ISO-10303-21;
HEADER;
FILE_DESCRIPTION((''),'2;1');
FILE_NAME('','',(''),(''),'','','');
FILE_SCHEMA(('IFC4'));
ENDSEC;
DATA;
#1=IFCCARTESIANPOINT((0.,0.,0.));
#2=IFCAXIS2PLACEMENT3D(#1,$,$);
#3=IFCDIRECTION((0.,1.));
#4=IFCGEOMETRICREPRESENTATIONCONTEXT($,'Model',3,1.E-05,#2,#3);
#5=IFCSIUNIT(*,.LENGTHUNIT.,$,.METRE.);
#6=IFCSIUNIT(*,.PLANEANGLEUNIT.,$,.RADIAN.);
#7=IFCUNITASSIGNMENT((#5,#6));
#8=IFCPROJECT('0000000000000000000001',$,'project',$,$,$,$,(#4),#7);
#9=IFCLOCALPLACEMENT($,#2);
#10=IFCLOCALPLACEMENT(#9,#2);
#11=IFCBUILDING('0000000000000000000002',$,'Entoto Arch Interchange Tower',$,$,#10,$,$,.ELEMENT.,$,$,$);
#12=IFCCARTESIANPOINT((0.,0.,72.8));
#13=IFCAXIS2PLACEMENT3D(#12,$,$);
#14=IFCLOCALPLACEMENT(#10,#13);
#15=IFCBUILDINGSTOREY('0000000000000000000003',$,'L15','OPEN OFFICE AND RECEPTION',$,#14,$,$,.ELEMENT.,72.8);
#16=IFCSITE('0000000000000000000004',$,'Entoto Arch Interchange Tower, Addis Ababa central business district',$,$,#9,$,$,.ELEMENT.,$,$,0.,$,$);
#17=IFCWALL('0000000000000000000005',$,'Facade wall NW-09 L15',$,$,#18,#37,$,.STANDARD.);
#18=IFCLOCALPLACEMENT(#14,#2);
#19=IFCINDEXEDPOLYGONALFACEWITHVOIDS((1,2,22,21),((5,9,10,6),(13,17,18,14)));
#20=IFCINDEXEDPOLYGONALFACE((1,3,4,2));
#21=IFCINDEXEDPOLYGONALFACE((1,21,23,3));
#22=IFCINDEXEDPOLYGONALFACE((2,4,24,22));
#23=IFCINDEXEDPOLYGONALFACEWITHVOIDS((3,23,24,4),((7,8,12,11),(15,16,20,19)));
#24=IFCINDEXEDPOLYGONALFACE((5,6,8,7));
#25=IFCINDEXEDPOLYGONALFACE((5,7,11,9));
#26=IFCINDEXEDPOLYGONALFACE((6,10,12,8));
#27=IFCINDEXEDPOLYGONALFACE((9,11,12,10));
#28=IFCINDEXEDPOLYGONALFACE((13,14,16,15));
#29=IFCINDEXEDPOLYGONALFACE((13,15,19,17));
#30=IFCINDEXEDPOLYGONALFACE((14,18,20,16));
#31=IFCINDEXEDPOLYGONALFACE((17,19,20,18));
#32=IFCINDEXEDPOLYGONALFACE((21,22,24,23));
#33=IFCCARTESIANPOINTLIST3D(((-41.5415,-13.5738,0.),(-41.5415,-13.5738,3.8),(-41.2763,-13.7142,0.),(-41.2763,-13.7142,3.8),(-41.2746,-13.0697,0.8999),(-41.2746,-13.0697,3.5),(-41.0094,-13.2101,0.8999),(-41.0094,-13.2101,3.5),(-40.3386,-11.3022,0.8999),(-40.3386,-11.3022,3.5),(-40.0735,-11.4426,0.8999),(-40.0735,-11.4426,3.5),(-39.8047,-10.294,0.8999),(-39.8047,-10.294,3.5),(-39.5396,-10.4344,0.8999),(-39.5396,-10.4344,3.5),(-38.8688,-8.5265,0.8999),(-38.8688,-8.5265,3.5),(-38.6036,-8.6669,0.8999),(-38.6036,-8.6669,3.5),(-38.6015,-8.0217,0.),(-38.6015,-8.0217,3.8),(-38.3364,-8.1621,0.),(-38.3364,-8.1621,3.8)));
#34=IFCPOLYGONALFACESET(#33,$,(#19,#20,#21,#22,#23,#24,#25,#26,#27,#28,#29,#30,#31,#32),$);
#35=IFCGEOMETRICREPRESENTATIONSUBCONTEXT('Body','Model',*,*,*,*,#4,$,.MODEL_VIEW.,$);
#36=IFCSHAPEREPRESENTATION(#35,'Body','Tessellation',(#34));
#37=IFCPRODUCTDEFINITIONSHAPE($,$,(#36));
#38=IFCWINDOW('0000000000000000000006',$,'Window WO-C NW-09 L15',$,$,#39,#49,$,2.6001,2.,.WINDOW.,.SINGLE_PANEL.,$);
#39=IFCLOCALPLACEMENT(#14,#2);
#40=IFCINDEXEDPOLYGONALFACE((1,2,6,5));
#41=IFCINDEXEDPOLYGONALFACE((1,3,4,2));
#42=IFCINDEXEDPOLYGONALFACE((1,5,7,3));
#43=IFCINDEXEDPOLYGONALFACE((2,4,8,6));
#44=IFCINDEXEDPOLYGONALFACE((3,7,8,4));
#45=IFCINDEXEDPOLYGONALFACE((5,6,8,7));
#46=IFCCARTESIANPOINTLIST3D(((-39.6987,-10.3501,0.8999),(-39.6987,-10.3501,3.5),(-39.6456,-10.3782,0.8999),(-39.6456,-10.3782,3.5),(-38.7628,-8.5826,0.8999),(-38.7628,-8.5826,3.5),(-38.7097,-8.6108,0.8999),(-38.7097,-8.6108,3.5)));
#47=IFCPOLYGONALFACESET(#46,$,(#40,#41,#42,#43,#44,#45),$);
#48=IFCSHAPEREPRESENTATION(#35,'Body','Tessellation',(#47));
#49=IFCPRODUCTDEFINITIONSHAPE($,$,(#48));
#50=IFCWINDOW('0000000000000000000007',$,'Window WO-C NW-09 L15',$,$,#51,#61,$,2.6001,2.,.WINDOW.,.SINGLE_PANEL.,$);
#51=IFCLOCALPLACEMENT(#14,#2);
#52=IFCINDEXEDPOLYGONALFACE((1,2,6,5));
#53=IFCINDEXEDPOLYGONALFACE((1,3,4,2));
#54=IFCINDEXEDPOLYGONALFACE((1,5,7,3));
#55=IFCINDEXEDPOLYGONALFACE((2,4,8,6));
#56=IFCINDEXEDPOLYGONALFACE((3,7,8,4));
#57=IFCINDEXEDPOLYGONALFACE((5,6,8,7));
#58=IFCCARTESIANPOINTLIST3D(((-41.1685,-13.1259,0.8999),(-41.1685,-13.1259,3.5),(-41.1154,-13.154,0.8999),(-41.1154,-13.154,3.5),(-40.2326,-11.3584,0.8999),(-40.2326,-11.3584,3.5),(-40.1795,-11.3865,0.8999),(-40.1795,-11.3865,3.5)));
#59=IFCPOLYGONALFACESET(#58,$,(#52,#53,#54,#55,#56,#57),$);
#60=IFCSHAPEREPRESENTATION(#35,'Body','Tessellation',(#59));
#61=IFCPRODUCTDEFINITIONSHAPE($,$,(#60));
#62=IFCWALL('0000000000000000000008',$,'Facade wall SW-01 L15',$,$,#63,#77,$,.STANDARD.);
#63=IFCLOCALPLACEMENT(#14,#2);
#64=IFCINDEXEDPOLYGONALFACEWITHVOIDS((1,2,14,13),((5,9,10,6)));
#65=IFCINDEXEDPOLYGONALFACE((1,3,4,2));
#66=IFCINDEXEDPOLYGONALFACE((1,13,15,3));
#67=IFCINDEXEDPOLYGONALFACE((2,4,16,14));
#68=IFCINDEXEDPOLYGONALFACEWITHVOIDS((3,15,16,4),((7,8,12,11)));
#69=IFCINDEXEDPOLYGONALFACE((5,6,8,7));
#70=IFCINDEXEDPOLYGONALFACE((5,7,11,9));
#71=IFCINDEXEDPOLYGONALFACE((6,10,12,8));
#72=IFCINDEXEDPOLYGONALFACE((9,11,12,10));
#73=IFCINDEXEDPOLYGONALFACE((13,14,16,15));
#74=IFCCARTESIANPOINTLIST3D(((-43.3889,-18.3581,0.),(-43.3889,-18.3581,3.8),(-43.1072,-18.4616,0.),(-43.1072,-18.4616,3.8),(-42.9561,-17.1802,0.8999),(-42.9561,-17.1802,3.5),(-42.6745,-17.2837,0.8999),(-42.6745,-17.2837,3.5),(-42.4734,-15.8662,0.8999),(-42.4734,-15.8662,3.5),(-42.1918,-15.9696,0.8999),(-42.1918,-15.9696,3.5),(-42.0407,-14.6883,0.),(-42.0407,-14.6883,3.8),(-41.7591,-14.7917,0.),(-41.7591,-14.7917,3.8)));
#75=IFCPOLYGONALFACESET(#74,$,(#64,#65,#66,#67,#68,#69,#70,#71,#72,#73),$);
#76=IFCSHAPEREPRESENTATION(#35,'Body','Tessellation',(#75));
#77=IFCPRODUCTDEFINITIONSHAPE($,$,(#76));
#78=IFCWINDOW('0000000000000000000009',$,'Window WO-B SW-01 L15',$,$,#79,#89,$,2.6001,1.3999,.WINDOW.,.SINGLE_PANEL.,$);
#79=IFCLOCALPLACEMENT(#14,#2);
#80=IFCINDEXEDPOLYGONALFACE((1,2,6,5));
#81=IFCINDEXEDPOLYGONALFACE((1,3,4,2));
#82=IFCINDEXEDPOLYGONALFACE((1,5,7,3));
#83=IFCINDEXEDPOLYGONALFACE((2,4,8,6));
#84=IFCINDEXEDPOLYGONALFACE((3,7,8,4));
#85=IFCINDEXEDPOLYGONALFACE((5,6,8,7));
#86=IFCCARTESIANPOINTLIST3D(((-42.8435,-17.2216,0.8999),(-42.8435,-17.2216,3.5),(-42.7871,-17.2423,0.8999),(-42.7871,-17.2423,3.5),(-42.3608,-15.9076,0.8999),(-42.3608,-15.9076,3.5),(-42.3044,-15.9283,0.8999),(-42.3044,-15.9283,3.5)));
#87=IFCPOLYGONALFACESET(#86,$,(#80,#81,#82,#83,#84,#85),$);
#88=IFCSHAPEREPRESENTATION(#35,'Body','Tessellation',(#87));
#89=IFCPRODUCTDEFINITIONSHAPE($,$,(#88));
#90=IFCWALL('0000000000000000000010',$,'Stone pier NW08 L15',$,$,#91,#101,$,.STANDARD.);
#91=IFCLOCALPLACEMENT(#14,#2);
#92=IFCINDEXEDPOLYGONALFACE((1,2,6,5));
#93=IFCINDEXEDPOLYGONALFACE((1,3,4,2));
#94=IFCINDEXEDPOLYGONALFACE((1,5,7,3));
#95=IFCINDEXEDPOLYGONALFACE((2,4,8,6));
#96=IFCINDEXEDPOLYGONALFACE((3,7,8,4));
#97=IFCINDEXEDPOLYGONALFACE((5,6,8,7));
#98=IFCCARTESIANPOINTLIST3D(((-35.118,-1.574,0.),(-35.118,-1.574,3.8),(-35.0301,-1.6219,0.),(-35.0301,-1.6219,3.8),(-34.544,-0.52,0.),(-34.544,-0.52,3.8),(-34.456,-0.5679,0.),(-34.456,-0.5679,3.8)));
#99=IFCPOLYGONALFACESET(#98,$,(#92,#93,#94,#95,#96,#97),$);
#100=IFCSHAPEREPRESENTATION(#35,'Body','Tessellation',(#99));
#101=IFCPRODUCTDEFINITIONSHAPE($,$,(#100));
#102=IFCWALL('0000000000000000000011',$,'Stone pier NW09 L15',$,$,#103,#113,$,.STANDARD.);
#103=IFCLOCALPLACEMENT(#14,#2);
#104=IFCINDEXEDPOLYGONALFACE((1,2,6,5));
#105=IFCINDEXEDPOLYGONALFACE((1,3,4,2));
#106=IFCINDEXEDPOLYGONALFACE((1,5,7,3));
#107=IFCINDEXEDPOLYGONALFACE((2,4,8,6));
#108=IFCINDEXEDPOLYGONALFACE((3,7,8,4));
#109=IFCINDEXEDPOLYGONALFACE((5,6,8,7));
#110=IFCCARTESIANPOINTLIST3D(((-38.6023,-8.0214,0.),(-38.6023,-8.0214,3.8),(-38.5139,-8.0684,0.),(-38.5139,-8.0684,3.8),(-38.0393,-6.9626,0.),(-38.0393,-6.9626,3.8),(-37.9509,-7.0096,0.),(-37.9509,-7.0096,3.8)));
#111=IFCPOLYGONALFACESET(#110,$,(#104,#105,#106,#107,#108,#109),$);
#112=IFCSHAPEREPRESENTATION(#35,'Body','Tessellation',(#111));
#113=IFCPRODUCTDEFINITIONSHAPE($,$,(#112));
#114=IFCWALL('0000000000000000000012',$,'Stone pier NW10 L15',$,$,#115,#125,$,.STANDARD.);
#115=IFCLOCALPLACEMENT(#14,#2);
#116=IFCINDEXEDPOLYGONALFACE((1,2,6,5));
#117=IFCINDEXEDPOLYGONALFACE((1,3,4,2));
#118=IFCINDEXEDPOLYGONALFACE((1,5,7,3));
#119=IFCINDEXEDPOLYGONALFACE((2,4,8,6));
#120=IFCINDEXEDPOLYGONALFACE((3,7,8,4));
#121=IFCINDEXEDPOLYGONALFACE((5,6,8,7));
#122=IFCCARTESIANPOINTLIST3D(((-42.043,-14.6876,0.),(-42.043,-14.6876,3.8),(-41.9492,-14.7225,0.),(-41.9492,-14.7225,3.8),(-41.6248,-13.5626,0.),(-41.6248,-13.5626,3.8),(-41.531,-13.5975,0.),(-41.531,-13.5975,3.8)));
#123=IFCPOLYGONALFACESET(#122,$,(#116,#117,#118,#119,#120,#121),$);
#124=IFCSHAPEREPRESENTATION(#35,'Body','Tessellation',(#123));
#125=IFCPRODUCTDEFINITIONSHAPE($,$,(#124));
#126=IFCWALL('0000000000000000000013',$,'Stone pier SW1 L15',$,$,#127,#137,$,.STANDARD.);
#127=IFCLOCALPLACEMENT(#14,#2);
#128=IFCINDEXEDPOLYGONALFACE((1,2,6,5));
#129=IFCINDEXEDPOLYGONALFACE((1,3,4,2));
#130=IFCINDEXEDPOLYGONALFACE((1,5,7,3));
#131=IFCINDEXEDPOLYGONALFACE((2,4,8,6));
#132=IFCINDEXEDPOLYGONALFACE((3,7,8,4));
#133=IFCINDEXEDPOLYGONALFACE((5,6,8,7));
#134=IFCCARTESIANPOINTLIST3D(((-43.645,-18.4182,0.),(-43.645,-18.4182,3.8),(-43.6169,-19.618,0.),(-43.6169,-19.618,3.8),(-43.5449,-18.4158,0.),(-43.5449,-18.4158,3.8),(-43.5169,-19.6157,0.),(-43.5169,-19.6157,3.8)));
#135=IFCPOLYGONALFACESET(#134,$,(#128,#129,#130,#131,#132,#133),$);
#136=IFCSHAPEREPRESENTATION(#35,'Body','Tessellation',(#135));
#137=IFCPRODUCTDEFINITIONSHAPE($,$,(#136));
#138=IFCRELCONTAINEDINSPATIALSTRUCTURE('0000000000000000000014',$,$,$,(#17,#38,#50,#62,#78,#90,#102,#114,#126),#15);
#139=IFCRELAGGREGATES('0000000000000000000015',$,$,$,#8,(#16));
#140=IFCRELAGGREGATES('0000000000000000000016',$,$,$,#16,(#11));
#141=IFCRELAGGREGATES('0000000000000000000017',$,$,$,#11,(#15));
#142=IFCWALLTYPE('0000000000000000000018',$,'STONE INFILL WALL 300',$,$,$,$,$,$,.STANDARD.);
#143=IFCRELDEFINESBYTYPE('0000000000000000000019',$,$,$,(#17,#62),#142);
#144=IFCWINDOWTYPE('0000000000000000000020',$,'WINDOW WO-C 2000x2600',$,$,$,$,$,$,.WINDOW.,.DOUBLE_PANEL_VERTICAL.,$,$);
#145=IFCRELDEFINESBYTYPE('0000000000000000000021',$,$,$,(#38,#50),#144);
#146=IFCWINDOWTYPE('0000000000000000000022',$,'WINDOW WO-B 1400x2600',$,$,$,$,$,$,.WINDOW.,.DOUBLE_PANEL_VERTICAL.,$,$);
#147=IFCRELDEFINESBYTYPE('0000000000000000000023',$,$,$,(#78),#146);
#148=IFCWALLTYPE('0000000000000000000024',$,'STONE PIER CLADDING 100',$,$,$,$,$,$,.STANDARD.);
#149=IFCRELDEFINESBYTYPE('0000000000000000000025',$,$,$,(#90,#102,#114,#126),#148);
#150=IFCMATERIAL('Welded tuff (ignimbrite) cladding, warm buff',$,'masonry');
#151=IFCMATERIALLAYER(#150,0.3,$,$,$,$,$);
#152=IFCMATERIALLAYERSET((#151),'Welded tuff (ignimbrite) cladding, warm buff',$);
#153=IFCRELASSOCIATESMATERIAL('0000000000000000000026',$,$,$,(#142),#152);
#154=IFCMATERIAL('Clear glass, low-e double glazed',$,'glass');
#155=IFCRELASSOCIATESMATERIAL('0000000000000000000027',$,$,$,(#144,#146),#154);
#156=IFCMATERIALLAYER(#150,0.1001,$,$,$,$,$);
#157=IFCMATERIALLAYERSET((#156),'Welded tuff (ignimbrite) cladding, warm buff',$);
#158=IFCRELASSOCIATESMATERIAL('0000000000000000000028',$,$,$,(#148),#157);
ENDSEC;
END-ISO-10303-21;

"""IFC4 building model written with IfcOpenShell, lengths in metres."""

from ifc_helpers import new_model, si_unit, direction, frame, frame_2d, origin, place, context, subcontext, project, spatial, rectangle, extrude, material, layer, layer_set, type_object, element, fill, save


model = new_model("IFC4")

# Units and contexts
model_context = context("Model", 3, precision=1e-05, world=origin(), true_north=direction((0.0, 1.0)))
body_context = subcontext(model_context, "Body", "Model", "MODEL_VIEW")
ifc_project = project(units=[si_unit("LENGTHUNIT", "METRE"), si_unit("PLANEANGLEUNIT", "RADIAN")], contexts=[model_context])

# Site, building, storey
site_placement = place(None, origin())
site = spatial("IfcSite", under=ifc_project, at=site_placement, Name="Entoto Arch Interchange Tower, Addis Ababa central business district", CompositionType="ELEMENT", RefElevation=0.0)
building_placement = place(site_placement, origin())
building = spatial("IfcBuilding", under=site, at=building_placement, Name="Entoto Arch Interchange Tower", CompositionType="ELEMENT")
storey_placement = place(building_placement, frame((0.0, 0.0, 72.8)))
storey = spatial("IfcBuildingStorey", under=building, at=storey_placement, Name="L15", Description="OPEN OFFICE AND RECEPTION", CompositionType="ELEMENT", Elevation=72.8)

# Wall, openings, windows
ifc_material_1 = material(Name="Welded tuff (ignimbrite) cladding, warm buff", Category="masonry")
ifc_layer_1 = layer(ifc_material_1, 0.3)
ifc_layer_set_1 = layer_set([ifc_layer_1], Name="Welded tuff (ignimbrite) cladding, warm buff")
wall_type_1 = type_object("IfcWallType", Name="STONE INFILL WALL 300", PredefinedType="STANDARD", material=ifc_layer_set_1)
ifc_material_2 = material(Name="Clear glass, low-e double glazed", Category="glass")
window_type_1 = type_object("IfcWindowType", Name="WINDOW WO-C 2000x2600", PartitioningType="DOUBLE_PANEL_VERTICAL", PredefinedType="WINDOW", material=ifc_material_2)
wall_1_placement = place(storey_placement, frame((-38.469, -8.092, 0.0), z_axis=(0.0, 0.0, 1.0), x_axis=(-0.467968, -0.883745, 0.0)))
wall_1 = element("IfcWall", 1, at=wall_1_placement, inside=storey, type_object=wall_type_1, Name="Facade wall NW-09 L15", PredefinedType="STANDARD", context=body_context, shape_type="SweptSolid", body=[
    extrude(rectangle(XDim=6.2825, YDim=0.3, at=frame_2d((3.1411, 0.0))), origin(), (0.0, 0.0, 1.0), 3.8),
])
opening_1_placement = place(wall_1_placement, frame((0.571, 0.0, 0.8999)))
opening_1 = element("IfcOpeningElement", 2, at=opening_1_placement, cuts=wall_1, PredefinedType="OPENING", context=body_context, shape_type="SweptSolid", body=[
    extrude(rectangle(XDim=2.0, YDim=2.6001, at=frame_2d((1.0, 1.3))), frame((0.0, 0.1602, 0.0), z_axis=(0.0, -1.0, 0.0), x_axis=(1.0, 0.0, 0.0)), (0.0, 0.0, 1.0), 0.3201),
])
opening_2_placement = place(wall_1_placement, frame((3.7119, 0.0, 0.8999)))
opening_2 = element("IfcOpeningElement", 3, at=opening_2_placement, cuts=wall_1, PredefinedType="OPENING", context=body_context, shape_type="SweptSolid", body=[
    extrude(rectangle(XDim=2.0, YDim=2.6001, at=frame_2d((1.0, 1.3))), frame((0.0, 0.1602, 0.0), z_axis=(0.0, -1.0, 0.0), x_axis=(1.0, 0.0, 0.0)), (0.0, 0.0, 1.0), 0.3201),
])
window_1_placement = place(opening_1_placement, origin())
window_1 = element("IfcWindow", 4, at=window_1_placement, inside=storey, type_object=window_type_1, Name="Window WO-C NW-09 L15", OverallHeight=2.6001, OverallWidth=2.0, PartitioningType="SINGLE_PANEL", PredefinedType="WINDOW", context=body_context, shape_type="SweptSolid", body=[
    extrude(rectangle(XDim=2.0, YDim=2.6001, at=frame_2d((1.0, 1.3))), frame((0.0, 0.03, 0.0), z_axis=(0.0, -1.0, 0.0), x_axis=(1.0, 0.0, 0.0)), (0.0, 0.0, 1.0), 0.0601),
])
fill(opening_1, window_1)
window_2_placement = place(opening_2_placement, origin())
window_2 = element("IfcWindow", 5, at=window_2_placement, inside=storey, type_object=window_type_1, Name="Window WO-C NW-09 L15", OverallHeight=2.6001, OverallWidth=2.0, PartitioningType="SINGLE_PANEL", PredefinedType="WINDOW", context=body_context, shape_type="SweptSolid", body=[
    extrude(rectangle(XDim=2.0, YDim=2.6001, at=frame_2d((1.0, 1.3))), frame((0.0, 0.03, 0.0), z_axis=(0.0, -1.0, 0.0), x_axis=(1.0, 0.0, 0.0)), (0.0, 0.0, 1.0), 0.0601),
])
fill(opening_2, window_2)

# Wall, opening, window
wall_2_placement = place(storey_placement, frame((-41.8999, -14.74, 0.0), z_axis=(0.0, 0.0, 1.0), x_axis=(-0.34482, -0.938669, 0.0)))
wall_2 = element("IfcWall", 6, at=wall_2_placement, inside=storey, type_object=wall_type_1, Name="Facade wall SW-01 L15", PredefinedType="STANDARD", context=body_context, shape_type="SweptSolid", body=[
    extrude(rectangle(XDim=3.9097, YDim=0.3, at=frame_2d((1.9548, 0.0))), origin(), (0.0, 0.0, 1.0), 3.8),
])
opening_3_placement = place(wall_2_placement, frame((1.2549, 0.0, 0.8999)))
opening_3 = element("IfcOpeningElement", 7, at=opening_3_placement, cuts=wall_2, PredefinedType="OPENING", context=body_context, shape_type="SweptSolid", body=[
    extrude(rectangle(XDim=1.3999, YDim=2.6001, at=frame_2d((0.7, 1.3))), frame((0.0, 0.1602, 0.0), z_axis=(0.0, -1.0, 0.0), x_axis=(1.0, 0.0, 0.0)), (0.0, 0.0, 1.0), 0.3201),
])
window_type_2 = type_object("IfcWindowType", Name="WINDOW WO-B 1400x2600", PartitioningType="DOUBLE_PANEL_VERTICAL", PredefinedType="WINDOW", material=ifc_material_2)
window_3_placement = place(opening_3_placement, origin())
window_3 = element("IfcWindow", 8, at=window_3_placement, inside=storey, type_object=window_type_2, Name="Window WO-B SW-01 L15", OverallHeight=2.6001, OverallWidth=1.3999, PartitioningType="SINGLE_PANEL", PredefinedType="WINDOW", context=body_context, shape_type="SweptSolid", body=[
    extrude(rectangle(XDim=1.3999, YDim=2.6001, at=frame_2d((0.7, 1.3))), frame((0.0, 0.03, 0.0), z_axis=(0.0, -1.0, 0.0), x_axis=(1.0, 0.0, 0.0)), (0.0, 0.0, 1.0), 0.0601),
])
fill(opening_3, window_3)

# Walls
ifc_layer_2 = layer(ifc_material_1, 0.1001)
ifc_layer_set_2 = layer_set([ifc_layer_2], Name="Welded tuff (ignimbrite) cladding, warm buff")
wall_type_2 = type_object("IfcWallType", Name="STONE PIER CLADDING 100", PredefinedType="STANDARD", material=ifc_layer_set_2)
wall_3_placement = place(storey_placement, frame((-34.5, -0.5439, 0.0), z_axis=(0.0, 0.0, 1.0), x_axis=(-0.478268, -0.878214, 0.0)))
element("IfcWall", 9, at=wall_3_placement, inside=storey, type_object=wall_type_2, Name="Stone pier NW08 L15", PredefinedType="STANDARD", context=body_context, shape_type="SweptSolid", body=[
    extrude(rectangle(XDim=1.2002, YDim=0.1001, at=frame_2d((0.6001, 0.0))), origin(), (0.0, 0.0, 1.0), 3.8),
])
wall_4_placement = place(storey_placement, frame((-37.9951, -6.9861, 0.0), z_axis=(0.0, 0.0, 1.0), x_axis=(-0.469468, -0.88295, 0.0)))
element("IfcWall", 10, at=wall_4_placement, inside=storey, type_object=wall_type_2, Name="Stone pier NW09 L15", PredefinedType="STANDARD", context=body_context, shape_type="SweptSolid", body=[
    extrude(rectangle(XDim=1.1992, YDim=0.1001, at=frame_2d((0.5996, 0.0))), origin(), (0.0, 0.0, 1.0), 3.8),
])
for number, where, z_axis, x_axis, name in (
    (11, (-41.5779, -13.5801, 0.0), (0.0, 0.0, 1.0), (-0.348447, -0.937328, 0.0), "Stone pier NW10 L15"),
    (12, (-43.595, -18.417, 0.0), (0.0, 0.0, 1.0), (0.023391, -0.999726, 0.0), "Stone pier SW1 L15"),
):
    element("IfcWall", number, at=place(storey_placement, frame(where, z_axis=z_axis, x_axis=x_axis)), inside=storey, type_object=wall_type_2, Name=name, PredefinedType="STANDARD", context=body_context, shape_type="SweptSolid", body=[
        extrude(rectangle(XDim=1.2002, YDim=0.1001, at=frame_2d((0.6001, 0.0))), origin(), (0.0, 0.0, 1.0), 3.8),
    ])

save(model, "model.ifc")
